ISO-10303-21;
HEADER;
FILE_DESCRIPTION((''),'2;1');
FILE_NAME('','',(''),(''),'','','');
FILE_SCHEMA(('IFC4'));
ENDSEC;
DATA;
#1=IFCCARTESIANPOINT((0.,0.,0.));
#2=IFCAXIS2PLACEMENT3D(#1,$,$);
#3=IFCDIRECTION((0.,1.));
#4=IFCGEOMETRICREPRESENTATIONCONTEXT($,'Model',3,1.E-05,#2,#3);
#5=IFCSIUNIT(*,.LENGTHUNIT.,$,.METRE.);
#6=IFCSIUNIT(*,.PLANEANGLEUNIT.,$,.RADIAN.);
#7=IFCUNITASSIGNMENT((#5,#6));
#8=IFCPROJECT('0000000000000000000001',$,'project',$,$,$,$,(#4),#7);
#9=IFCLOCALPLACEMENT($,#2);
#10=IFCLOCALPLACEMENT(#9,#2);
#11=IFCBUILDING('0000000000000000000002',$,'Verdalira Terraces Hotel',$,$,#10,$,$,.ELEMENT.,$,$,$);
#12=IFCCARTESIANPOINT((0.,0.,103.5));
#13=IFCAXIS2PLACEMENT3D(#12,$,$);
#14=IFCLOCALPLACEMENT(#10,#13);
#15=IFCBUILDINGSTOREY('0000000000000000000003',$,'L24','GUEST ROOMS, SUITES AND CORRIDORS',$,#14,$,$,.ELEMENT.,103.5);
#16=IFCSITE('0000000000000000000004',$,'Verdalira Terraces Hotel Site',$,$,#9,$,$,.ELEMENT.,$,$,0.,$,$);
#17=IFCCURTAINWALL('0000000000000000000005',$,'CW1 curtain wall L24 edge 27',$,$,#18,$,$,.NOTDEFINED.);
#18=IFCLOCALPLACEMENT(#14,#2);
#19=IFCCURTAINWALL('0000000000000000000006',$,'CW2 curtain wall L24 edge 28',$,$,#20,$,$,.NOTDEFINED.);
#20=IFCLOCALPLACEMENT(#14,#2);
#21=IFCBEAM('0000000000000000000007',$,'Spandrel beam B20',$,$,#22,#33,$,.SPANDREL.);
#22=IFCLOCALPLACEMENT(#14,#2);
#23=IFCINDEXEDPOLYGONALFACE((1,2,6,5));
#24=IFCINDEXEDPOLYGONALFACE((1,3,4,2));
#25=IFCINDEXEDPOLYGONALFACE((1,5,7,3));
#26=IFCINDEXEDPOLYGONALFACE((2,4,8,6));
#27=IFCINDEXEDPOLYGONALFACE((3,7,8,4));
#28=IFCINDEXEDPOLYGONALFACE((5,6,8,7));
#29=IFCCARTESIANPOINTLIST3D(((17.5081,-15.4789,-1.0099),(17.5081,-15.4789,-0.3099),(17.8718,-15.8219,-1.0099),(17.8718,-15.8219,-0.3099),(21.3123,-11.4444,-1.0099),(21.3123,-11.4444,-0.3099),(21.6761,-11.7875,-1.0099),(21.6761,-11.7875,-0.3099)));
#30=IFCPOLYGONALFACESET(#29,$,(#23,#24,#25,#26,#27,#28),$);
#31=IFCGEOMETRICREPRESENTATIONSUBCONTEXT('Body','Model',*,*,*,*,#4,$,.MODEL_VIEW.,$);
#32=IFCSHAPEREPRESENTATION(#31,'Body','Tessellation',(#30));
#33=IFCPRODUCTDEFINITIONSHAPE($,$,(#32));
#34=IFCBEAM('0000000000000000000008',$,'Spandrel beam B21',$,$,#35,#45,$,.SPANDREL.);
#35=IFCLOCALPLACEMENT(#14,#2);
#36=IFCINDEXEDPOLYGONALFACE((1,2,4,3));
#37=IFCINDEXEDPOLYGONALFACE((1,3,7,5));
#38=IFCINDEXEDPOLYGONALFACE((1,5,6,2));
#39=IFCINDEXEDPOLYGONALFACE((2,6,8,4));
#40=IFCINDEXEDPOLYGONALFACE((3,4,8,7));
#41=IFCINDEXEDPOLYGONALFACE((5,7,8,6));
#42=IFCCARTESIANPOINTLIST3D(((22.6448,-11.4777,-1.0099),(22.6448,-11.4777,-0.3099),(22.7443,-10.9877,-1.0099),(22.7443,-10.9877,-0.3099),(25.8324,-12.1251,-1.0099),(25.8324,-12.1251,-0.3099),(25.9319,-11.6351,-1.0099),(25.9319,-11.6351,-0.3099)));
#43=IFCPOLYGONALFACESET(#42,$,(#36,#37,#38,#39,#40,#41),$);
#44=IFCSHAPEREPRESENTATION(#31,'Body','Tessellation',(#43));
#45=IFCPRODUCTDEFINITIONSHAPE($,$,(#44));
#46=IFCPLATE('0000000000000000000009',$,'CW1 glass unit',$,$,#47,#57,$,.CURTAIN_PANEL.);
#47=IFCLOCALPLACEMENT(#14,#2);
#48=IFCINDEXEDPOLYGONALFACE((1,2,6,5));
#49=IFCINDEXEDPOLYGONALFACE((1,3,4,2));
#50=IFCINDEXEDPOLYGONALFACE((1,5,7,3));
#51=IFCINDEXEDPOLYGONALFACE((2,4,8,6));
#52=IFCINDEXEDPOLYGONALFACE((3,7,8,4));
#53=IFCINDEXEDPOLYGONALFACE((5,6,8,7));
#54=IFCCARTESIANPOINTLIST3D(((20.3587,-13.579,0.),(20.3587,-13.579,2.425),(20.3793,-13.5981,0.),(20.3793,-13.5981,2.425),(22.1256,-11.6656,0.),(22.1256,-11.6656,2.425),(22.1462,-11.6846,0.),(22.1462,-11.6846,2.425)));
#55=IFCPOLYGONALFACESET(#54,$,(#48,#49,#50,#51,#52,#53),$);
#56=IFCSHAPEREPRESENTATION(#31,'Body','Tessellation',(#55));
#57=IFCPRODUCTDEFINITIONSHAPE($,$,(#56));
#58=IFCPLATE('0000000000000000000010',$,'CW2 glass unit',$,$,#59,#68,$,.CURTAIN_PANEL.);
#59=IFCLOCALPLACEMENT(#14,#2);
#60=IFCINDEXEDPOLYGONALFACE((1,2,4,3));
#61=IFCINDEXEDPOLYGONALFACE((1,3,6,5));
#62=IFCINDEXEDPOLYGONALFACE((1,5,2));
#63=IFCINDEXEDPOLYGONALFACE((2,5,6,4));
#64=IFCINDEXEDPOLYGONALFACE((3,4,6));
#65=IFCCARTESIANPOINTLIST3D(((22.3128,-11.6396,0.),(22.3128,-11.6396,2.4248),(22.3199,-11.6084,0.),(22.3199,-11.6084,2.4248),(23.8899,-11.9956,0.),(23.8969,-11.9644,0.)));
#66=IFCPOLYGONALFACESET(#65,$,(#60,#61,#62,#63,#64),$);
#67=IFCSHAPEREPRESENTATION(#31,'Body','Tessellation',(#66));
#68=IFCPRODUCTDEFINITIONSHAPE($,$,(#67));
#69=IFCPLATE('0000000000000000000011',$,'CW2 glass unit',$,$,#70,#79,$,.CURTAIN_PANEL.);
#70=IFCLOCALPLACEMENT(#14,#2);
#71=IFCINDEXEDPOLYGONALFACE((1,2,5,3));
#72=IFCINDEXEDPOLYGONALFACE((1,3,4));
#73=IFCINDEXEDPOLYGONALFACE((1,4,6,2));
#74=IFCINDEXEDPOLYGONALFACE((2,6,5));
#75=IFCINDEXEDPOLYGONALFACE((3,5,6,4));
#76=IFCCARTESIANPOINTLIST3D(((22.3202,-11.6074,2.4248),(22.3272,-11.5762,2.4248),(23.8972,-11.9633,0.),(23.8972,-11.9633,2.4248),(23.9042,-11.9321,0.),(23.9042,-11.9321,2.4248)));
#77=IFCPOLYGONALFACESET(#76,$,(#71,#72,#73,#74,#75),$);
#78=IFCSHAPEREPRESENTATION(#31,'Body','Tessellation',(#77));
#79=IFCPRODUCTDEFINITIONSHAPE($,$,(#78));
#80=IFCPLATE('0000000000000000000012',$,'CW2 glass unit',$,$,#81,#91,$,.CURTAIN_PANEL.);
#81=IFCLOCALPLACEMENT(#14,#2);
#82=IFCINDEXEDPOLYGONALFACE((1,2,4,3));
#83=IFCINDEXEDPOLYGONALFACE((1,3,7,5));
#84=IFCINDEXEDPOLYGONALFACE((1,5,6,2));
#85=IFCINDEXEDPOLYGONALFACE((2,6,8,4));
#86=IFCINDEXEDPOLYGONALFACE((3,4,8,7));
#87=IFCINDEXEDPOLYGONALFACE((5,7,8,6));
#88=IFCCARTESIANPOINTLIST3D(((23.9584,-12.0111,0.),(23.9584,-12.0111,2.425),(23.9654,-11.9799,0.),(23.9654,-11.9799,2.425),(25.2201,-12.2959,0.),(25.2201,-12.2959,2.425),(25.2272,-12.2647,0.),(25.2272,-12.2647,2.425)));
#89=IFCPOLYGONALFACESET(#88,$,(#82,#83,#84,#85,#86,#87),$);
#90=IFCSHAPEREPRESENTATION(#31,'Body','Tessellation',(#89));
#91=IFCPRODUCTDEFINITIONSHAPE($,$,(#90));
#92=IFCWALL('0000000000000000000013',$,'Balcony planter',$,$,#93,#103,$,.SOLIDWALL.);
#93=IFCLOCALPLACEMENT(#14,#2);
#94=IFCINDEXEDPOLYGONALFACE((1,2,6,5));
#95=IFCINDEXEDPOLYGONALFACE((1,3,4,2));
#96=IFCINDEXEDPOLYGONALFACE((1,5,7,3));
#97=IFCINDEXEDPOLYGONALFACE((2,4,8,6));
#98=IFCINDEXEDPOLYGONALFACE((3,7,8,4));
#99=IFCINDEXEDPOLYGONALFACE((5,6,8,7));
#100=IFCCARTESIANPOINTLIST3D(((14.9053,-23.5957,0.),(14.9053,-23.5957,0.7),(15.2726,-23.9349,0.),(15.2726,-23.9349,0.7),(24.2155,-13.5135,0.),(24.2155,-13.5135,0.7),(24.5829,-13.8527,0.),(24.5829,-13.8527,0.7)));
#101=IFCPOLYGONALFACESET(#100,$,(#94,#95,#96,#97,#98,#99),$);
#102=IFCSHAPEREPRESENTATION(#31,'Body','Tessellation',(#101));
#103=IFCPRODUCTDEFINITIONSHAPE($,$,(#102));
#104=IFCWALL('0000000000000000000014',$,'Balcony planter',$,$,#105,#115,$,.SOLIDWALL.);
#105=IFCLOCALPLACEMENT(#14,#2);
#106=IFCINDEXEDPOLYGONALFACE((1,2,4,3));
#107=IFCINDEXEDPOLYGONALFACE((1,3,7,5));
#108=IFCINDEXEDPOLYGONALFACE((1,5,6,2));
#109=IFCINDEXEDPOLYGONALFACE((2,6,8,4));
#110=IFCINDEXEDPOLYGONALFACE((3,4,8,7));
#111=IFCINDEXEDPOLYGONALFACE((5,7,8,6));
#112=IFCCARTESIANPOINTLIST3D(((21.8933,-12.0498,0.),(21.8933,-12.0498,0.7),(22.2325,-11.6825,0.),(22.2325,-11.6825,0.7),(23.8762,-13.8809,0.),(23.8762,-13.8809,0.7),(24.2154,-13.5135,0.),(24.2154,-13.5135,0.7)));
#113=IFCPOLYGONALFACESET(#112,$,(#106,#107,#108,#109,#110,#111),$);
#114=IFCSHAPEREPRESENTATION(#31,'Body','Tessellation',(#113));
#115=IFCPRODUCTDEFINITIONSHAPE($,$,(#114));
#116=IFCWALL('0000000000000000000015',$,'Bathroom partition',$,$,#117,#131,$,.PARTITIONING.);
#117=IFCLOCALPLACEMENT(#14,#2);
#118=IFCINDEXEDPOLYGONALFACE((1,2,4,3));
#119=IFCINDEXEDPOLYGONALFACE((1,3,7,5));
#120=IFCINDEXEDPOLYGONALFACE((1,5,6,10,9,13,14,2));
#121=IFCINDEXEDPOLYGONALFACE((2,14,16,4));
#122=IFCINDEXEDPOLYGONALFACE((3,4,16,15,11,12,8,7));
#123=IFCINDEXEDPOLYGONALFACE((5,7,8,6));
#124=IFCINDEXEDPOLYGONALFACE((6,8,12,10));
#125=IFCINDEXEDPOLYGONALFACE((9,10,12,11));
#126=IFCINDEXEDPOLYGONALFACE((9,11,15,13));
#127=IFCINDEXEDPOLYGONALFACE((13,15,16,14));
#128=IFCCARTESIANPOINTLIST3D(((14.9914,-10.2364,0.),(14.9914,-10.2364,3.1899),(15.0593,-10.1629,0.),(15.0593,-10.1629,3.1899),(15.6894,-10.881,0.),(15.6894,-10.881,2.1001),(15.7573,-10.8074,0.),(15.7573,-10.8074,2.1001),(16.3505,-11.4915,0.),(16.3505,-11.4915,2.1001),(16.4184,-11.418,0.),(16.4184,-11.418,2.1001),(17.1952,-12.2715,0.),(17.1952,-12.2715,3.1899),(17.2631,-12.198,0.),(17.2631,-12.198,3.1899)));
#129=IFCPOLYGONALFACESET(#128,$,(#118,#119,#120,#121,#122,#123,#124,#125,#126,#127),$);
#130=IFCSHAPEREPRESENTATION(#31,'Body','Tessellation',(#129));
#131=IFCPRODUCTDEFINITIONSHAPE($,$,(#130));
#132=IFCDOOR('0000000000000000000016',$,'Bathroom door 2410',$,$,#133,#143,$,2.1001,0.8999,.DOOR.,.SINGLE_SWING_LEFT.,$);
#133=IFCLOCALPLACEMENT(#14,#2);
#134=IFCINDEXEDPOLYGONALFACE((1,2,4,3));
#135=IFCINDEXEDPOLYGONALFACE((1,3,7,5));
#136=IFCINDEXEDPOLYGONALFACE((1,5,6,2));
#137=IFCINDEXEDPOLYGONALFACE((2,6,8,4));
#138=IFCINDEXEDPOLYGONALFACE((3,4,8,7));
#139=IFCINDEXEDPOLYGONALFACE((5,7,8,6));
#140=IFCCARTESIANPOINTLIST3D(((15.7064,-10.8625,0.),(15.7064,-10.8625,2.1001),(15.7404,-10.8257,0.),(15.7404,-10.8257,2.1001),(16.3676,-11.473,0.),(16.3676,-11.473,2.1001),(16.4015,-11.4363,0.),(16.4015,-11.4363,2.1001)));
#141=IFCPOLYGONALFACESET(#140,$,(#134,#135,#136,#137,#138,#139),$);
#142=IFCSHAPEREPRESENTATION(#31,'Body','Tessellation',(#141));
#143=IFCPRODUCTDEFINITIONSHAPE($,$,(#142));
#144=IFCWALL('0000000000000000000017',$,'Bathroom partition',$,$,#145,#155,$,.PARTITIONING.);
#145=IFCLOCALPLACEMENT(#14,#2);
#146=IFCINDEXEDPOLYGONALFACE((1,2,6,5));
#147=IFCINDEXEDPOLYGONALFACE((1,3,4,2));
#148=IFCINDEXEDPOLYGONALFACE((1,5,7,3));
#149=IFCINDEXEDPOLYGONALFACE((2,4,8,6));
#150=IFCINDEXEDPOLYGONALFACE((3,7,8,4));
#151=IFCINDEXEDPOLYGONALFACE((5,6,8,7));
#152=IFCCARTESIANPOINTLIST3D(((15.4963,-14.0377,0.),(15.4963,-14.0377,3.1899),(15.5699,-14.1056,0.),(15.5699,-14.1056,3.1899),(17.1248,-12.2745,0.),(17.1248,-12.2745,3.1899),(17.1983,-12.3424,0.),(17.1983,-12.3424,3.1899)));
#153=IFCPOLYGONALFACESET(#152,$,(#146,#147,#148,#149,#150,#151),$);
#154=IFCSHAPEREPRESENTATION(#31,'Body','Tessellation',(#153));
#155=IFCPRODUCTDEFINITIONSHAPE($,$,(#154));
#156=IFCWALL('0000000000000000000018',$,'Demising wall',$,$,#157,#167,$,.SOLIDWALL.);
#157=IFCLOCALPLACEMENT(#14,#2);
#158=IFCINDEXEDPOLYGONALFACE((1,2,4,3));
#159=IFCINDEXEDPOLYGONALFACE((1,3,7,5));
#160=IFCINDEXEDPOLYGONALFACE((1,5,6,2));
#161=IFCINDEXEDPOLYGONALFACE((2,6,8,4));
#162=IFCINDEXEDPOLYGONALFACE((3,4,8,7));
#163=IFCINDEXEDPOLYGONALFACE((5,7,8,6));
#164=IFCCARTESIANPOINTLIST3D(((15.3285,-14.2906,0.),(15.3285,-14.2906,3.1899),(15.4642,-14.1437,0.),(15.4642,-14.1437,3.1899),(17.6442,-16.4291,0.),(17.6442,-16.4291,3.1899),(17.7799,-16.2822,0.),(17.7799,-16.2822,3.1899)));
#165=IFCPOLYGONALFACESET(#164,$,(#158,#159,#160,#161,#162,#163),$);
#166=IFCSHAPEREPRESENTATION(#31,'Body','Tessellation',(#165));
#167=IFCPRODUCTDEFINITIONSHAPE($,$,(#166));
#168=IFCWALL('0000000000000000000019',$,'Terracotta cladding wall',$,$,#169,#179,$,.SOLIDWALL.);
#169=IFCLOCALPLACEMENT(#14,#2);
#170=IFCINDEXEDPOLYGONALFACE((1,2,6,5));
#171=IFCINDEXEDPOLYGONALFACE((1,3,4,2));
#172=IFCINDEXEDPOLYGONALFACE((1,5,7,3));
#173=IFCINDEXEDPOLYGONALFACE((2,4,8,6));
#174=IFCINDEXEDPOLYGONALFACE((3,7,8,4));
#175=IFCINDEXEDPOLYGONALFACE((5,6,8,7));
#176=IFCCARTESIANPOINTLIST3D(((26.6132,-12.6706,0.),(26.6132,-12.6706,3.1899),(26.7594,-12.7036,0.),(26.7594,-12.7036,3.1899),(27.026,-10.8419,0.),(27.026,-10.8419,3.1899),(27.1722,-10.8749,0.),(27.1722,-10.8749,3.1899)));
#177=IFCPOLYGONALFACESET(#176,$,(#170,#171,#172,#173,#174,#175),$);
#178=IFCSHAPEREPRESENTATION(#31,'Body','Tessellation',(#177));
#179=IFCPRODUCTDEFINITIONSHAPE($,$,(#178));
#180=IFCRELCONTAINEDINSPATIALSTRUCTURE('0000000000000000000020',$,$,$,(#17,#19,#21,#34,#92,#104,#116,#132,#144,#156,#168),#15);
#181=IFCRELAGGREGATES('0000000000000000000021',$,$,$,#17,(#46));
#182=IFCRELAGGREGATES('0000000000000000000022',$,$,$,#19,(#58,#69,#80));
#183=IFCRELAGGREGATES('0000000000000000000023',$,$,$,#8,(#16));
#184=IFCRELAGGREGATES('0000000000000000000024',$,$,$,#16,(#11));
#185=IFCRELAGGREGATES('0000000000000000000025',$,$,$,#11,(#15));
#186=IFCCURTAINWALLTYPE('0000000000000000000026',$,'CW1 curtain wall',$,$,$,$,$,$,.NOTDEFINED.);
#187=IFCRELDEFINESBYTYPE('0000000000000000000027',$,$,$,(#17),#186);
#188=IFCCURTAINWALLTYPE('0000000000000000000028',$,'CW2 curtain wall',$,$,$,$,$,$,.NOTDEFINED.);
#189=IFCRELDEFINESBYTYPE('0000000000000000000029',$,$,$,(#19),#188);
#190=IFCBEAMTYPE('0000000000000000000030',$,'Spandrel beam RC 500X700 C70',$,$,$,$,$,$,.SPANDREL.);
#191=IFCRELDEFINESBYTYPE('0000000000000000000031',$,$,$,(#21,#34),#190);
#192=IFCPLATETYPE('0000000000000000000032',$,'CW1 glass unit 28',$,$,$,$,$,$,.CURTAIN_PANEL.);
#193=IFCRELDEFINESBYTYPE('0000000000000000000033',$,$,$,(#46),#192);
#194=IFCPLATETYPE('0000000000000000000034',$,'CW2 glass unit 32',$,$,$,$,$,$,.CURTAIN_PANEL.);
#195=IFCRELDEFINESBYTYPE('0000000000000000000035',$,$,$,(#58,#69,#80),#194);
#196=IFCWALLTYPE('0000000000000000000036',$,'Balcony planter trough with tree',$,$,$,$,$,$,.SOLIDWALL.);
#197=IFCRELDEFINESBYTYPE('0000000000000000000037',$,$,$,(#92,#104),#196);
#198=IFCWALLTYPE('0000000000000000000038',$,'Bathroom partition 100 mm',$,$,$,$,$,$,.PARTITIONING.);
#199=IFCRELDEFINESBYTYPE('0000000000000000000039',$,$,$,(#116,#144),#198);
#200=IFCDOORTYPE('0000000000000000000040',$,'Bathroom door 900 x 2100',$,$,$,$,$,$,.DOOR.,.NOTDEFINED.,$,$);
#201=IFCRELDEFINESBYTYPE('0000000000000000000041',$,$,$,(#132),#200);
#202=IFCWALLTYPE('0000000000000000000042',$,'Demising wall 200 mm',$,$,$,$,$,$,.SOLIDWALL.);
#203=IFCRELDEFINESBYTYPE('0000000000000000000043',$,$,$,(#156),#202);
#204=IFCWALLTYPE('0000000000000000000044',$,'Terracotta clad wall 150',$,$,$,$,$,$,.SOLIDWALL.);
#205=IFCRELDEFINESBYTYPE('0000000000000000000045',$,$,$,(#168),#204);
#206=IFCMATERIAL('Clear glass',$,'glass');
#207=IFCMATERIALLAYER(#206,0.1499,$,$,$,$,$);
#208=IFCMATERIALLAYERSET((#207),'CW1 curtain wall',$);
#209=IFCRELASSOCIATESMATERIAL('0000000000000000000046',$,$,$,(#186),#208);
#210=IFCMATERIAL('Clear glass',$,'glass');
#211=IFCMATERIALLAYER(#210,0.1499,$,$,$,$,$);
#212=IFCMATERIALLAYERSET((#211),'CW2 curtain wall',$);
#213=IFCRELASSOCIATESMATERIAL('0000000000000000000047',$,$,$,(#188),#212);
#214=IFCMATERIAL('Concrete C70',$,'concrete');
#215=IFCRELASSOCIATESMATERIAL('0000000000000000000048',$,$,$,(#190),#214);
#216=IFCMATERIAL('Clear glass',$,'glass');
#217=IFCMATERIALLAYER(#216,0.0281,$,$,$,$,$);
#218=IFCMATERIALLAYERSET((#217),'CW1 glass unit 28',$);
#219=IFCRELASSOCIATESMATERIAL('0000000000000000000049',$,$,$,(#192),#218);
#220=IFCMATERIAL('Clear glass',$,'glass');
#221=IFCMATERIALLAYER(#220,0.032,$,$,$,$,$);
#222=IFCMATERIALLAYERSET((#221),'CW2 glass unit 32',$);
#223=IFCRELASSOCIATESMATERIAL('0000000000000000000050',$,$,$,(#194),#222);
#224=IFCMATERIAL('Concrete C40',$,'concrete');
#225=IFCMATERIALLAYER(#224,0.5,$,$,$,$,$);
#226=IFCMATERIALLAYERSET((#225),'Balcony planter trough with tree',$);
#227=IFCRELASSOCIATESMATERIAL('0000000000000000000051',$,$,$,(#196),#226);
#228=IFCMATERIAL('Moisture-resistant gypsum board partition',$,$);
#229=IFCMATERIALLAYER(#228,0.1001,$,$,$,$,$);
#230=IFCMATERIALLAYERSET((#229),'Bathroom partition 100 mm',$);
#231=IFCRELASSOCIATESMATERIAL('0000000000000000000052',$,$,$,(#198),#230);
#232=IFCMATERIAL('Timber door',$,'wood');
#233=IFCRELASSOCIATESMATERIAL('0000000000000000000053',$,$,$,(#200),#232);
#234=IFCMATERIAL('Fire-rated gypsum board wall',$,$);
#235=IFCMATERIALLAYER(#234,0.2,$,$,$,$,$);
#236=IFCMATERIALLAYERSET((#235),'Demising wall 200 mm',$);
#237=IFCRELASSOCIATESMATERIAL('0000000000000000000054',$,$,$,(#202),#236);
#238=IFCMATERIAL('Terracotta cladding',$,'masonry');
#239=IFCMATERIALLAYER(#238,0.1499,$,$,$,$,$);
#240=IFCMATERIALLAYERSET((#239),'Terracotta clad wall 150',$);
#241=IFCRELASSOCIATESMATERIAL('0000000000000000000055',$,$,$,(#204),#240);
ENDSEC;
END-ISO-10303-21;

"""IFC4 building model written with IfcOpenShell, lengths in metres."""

from ifc_helpers import new_model, si_unit, direction, frame, frame_2d, origin, origin_2d, place, context, subcontext, project, spatial, polyline, rectangle, outline, extrude, material, layer, layer_set, material_profile, profile_set, type_object, element, fill, aggregate, save


model = new_model("IFC4")

# Units and contexts
model_context = context("Model", 3, precision=1e-05, world=origin(), true_north=direction((0.0, 1.0)))
body_context = subcontext(model_context, "Body", "Model", "MODEL_VIEW")
ifc_project = project(units=[si_unit("LENGTHUNIT", "METRE"), si_unit("PLANEANGLEUNIT", "RADIAN")], contexts=[model_context])

# Site, building, storey
site_placement = place(None, origin())
site = spatial("IfcSite", under=ifc_project, at=site_placement, Name="Verdalira Terraces Hotel Site", CompositionType="ELEMENT", RefElevation=0.0)
building_placement = place(site_placement, origin())
building = spatial("IfcBuilding", under=site, at=building_placement, Name="Verdalira Terraces Hotel", CompositionType="ELEMENT")
storey_placement = place(building_placement, frame((0.0, 0.0, 103.5)))
storey = spatial("IfcBuildingStorey", under=building, at=storey_placement, Name="L24", Description="GUEST ROOMS, SUITES AND CORRIDORS", CompositionType="ELEMENT", Elevation=103.5)

# Curtain wall
ifc_material_1 = material(Name="Clear glass", Category="glass")
ifc_layer_1 = layer(ifc_material_1, 0.1499)
ifc_layer_set_1 = layer_set([ifc_layer_1], Name="CW1 curtain wall")
curtain_wall_type_1 = type_object("IfcCurtainWallType", Name="CW1 curtain wall", PredefinedType="NOTDEFINED", material=ifc_layer_set_1)
curtain_wall_1_placement = place(storey_placement, origin())
curtain_wall_1 = element("IfcCurtainWall", 1, at=curtain_wall_1_placement, inside=storey, type_object=curtain_wall_type_1, Name="CW1 curtain wall L24 edge 27", PredefinedType="NOTDEFINED")

# Curtain wall
ifc_material_2 = material(Name="Clear glass", Category="glass")
ifc_layer_2 = layer(ifc_material_2, 0.1499)
ifc_layer_set_2 = layer_set([ifc_layer_2], Name="CW2 curtain wall")
curtain_wall_type_2 = type_object("IfcCurtainWallType", Name="CW2 curtain wall", PredefinedType="NOTDEFINED", material=ifc_layer_set_2)
curtain_wall_2_placement = place(storey_placement, origin())
curtain_wall_2 = element("IfcCurtainWall", 2, at=curtain_wall_2_placement, inside=storey, type_object=curtain_wall_type_2, Name="CW2 curtain wall L24 edge 28", PredefinedType="NOTDEFINED")

# Beams
ifc_material_3 = material(Name="Concrete C70", Category="concrete")
ifc_material_profile_1 = material_profile(ifc_material_3, rectangle(XDim=0.5, YDim=0.7, at=origin_2d()), Name="RC 500X700")
ifc_profile_set_1 = profile_set([ifc_material_profile_1], Name="Concrete C70")
beam_type_1 = type_object("IfcBeamType", Name="Spandrel beam RC 500X700 C70", PredefinedType="SPANDREL", material=ifc_profile_set_1)
beam_1_placement = place(storey_placement, frame((17.6899, -15.6504, -0.6599), z_axis=(0.686043, 0.727561, 0.0), x_axis=(-0.727561, 0.686043, 0.0)))
element("IfcBeam", 3, at=beam_1_placement, inside=storey, type_object=beam_type_1, Name="Spandrel beam B20", PredefinedType="SPANDREL", context=body_context, shape_type="SweptSolid", body=[
    extrude(rectangle(XDim=0.5, YDim=0.7, at=origin_2d()), origin(), (0.0, 0.0, 1.0), 5.5452),
])
beam_2_placement = place(storey_placement, frame((22.6946, -11.2327, -0.6599), z_axis=(0.979987, -0.19906, 0.0), x_axis=(0.19906, 0.979987, 0.0)))
element("IfcBeam", 4, at=beam_2_placement, inside=storey, type_object=beam_type_1, Name="Spandrel beam B21", PredefinedType="SPANDREL", context=body_context, shape_type="SweptSolid", body=[
    extrude(rectangle(XDim=0.5, YDim=0.7, at=origin_2d()), origin(), (0.0, 0.0, 1.0), 3.2527),
])

# Plates
ifc_material_4 = material(Name="Clear glass", Category="glass")
ifc_layer_3 = layer(ifc_material_4, 0.0281)
ifc_layer_set_3 = layer_set([ifc_layer_3], Name="CW1 glass unit 28")
plate_type_1 = type_object("IfcPlateType", Name="CW1 glass unit 28", PredefinedType="CURTAIN_PANEL", material=ifc_layer_set_3)
plate_1_placement = place(storey_placement, frame((21.2524, -12.6318, 0.0), z_axis=(0.0, 0.0, 1.0), x_axis=(0.678416, 0.734678, 0.0)))
plate_1 = element("IfcPlate", 5, at=plate_1_placement, type_object=plate_type_1, Name="CW1 glass unit", PredefinedType="CURTAIN_PANEL", context=body_context, shape_type="SweptSolid", body=[
    extrude(rectangle(XDim=2.6045, YDim=0.0281, at=origin_2d()), origin(), (0.0, 0.0, 1.0), 2.425),
])
aggregate(curtain_wall_1, [plate_1])
ifc_material_5 = material(Name="Clear glass", Category="glass")
ifc_layer_4 = layer(ifc_material_5, 0.032)
ifc_layer_set_4 = layer_set([ifc_layer_4], Name="CW2 glass unit 32")
plate_type_2 = type_object("IfcPlateType", Name="CW2 glass unit 32", PredefinedType="CURTAIN_PANEL", material=ifc_layer_set_4)
plate_2_placement = place(storey_placement, frame((23.1084, -11.7864, 1.2124), z_axis=(-0.220187, -0.975458, 0.0), x_axis=(0.975458, -0.220187, 0.0)))
plate_2 = element("IfcPlate", 6, at=plate_2_placement, type_object=plate_type_2, Name="CW2 glass unit", PredefinedType="CURTAIN_PANEL", context=body_context, shape_type="SweptSolid", body=[
    extrude(outline(polyline([(-0.8084, -1.2124), (0.8084, -1.2124), (-0.8084, 1.2124), (-0.8084, -1.2124)])), origin(), (0.0, 0.0, 1.0), 0.032),
])
plate_3_placement = place(storey_placement, frame((23.1157, -11.7541, 1.2124), z_axis=(-0.220187, -0.975458, 0.0), x_axis=(0.975458, -0.220187, 0.0)))
plate_3 = element("IfcPlate", 7, at=plate_3_placement, type_object=plate_type_2, Name="CW2 glass unit", PredefinedType="CURTAIN_PANEL", context=body_context, shape_type="SweptSolid", body=[
    extrude(outline(polyline([(0.8084, -1.2124), (0.8084, 1.2124), (-0.8084, 1.2124), (0.8084, -1.2124)])), origin(), (0.0, 0.0, 1.0), 0.032),
])
plate_4_placement = place(storey_placement, frame((24.5928, -12.1379, 0.0), z_axis=(0.0, 0.0, 1.0), x_axis=(0.975458, -0.220187, 0.0)))
plate_4 = element("IfcPlate", 8, at=plate_4_placement, type_object=plate_type_2, Name="CW2 glass unit", PredefinedType="CURTAIN_PANEL", context=body_context, shape_type="SweptSolid", body=[
    extrude(rectangle(XDim=1.2935, YDim=0.032, at=origin_2d()), origin(), (0.0, 0.0, 1.0), 2.425),
])
aggregate(curtain_wall_2, [plate_2, plate_3, plate_4])

# Walls
ifc_material_6 = material(Name="Concrete C40", Category="concrete")
ifc_layer_5 = layer(ifc_material_6, 0.5)
ifc_layer_set_5 = layer_set([ifc_layer_5], Name="Balcony planter trough with tree")
wall_type_1 = type_object("IfcWallType", Name="Balcony planter trough with tree", PredefinedType="SOLIDWALL", material=ifc_layer_set_5)
wall_1_placement = place(storey_placement, frame((15.0889, -23.7654, 0.0), z_axis=(0.0, 0.0, 1.0), x_axis=(0.678421, 0.734673, 0.0)))
element("IfcWall", 9, at=wall_1_placement, inside=storey, type_object=wall_type_1, Name="Balcony planter", PredefinedType="SOLIDWALL", context=body_context, shape_type="SweptSolid", body=[
    extrude(rectangle(XDim=13.7234, YDim=0.5, at=frame_2d((6.8618, 0.0))), origin(), (0.0, 0.0, 1.0), 0.7),
])
wall_2_placement = place(storey_placement, frame((24.0459, -13.6973, 0.0), z_axis=(0.0, 0.0, 1.0), x_axis=(-0.734679, 0.678415, 0.0)))
element("IfcWall", 10, at=wall_2_placement, inside=storey, type_object=wall_type_1, Name="Balcony planter", PredefinedType="SOLIDWALL", context=body_context, shape_type="SweptSolid", body=[
    extrude(rectangle(XDim=2.699, YDim=0.5, at=frame_2d((1.3496, 0.0))), origin(), (0.0, 0.0, 1.0), 0.7),
])

# Wall, opening, door
ifc_material_7 = material(Name="Moisture-resistant gypsum board partition")
ifc_layer_6 = layer(ifc_material_7, 0.1001)
ifc_layer_set_6 = layer_set([ifc_layer_6], Name="Bathroom partition 100 mm")
wall_type_2 = type_object("IfcWallType", Name="Bathroom partition 100 mm", PredefinedType="PARTITIONING", material=ifc_layer_set_6)
wall_3_placement = place(storey_placement, frame((17.2292, -12.2349, 0.0), z_axis=(0.0, 0.0, 1.0), x_axis=(-0.734666, 0.678429, 0.0)))
wall_3 = element("IfcWall", 11, at=wall_3_placement, inside=storey, type_object=wall_type_2, Name="Bathroom partition", PredefinedType="PARTITIONING", context=body_context, shape_type="SweptSolid", body=[
    extrude(rectangle(XDim=2.9998, YDim=0.1001, at=frame_2d((1.5, 0.0))), origin(), (0.0, 0.0, 1.0), 3.1899),
])
opening_1_placement = place(wall_3_placement, frame((1.1499, 0.0, 0.0)))
opening_1 = element("IfcOpeningElement", 12, at=opening_1_placement, cuts=wall_3, PredefinedType="OPENING", context=body_context, shape_type="SweptSolid", body=[
    extrude(rectangle(XDim=0.8999, YDim=2.1001, at=frame_2d((0.45, 1.05))), frame((0.0, 0.0601, 0.0), z_axis=(0.0, -1.0, 0.0), x_axis=(1.0, 0.0, 0.0)), (0.0, 0.0, 1.0), 0.1201),
])
ifc_material_8 = material(Name="Timber door", Category="wood")
door_type_1 = type_object("IfcDoorType", Name="Bathroom door 900 x 2100", OperationType="NOTDEFINED", PredefinedType="DOOR", material=ifc_material_8)
door_1_placement = place(opening_1_placement, origin())
door_1 = element("IfcDoor", 13, at=door_1_placement, inside=storey, type_object=door_type_1, Name="Bathroom door 2410", OperationType="SINGLE_SWING_LEFT", OverallHeight=2.1001, OverallWidth=0.8999, PredefinedType="DOOR", context=body_context, shape_type="SweptSolid", body=[
    extrude(rectangle(XDim=0.8999, YDim=2.1001, at=frame_2d((0.45, 1.05))), frame((0.0, 0.0249, 0.0), z_axis=(0.0, -1.0, 0.0), x_axis=(1.0, 0.0, 0.0)), (0.0, 0.0, 1.0), 0.05),
])
fill(opening_1, door_1)

# Walls
wall_4_placement = place(storey_placement, frame((17.1616, -12.3084, 0.0), z_axis=(0.0, 0.0, 1.0), x_axis=(-0.678474, -0.734624, 0.0)))
element("IfcWall", 14, at=wall_4_placement, inside=storey, type_object=wall_type_2, Name="Bathroom partition", PredefinedType="PARTITIONING", context=body_context, shape_type="SweptSolid", body=[
    extrude(rectangle(XDim=2.4001, YDim=0.1001, at=frame_2d((1.2002, 0.0))), origin(), (0.0, 0.0, 1.0), 3.1899),
])
ifc_material_9 = material(Name="Fire-rated gypsum board wall")
ifc_layer_7 = layer(ifc_material_9, 0.2)
ifc_layer_set_7 = layer_set([ifc_layer_7], Name="Demising wall 200 mm")
wall_type_3 = type_object("IfcWallType", Name="Demising wall 200 mm", PredefinedType="SOLIDWALL", material=ifc_layer_set_7)
wall_5_placement = place(storey_placement, frame((15.3962, -14.217, 0.0), z_axis=(0.0, 0.0, 1.0), x_axis=(0.734664, -0.678431, 0.0)))
element("IfcWall", 15, at=wall_5_placement, inside=storey, type_object=wall_type_3, Name="Demising wall", PredefinedType="SOLIDWALL", context=body_context, shape_type="SweptSolid", body=[
    extrude(rectangle(XDim=3.1521, YDim=0.2, at=frame_2d((1.5762, 0.0))), origin(), (0.0, 0.0, 1.0), 3.1899),
])
ifc_material_10 = material(Name="Terracotta cladding", Category="masonry")
ifc_layer_8 = layer(ifc_material_10, 0.1499)
ifc_layer_set_8 = layer_set([ifc_layer_8], Name="Terracotta clad wall 150")
wall_type_4 = type_object("IfcWallType", Name="Terracotta clad wall 150", PredefinedType="SOLIDWALL", material=ifc_layer_set_8)
wall_6_placement = place(storey_placement, frame((26.6863, -12.6873, 0.0), z_axis=(0.0, 0.0, 1.0), x_axis=(0.220197, 0.975455, 0.0)))
element("IfcWall", 16, at=wall_6_placement, inside=storey, type_object=wall_type_4, Name="Terracotta cladding wall", PredefinedType="SOLIDWALL", context=body_context, shape_type="SweptSolid", body=[
    extrude(rectangle(XDim=1.8748, YDim=0.1499, at=frame_2d((0.9375, 0.0))), origin(), (0.0, 0.0, 1.0), 3.1899),
])

save(model, "model.ifc")
